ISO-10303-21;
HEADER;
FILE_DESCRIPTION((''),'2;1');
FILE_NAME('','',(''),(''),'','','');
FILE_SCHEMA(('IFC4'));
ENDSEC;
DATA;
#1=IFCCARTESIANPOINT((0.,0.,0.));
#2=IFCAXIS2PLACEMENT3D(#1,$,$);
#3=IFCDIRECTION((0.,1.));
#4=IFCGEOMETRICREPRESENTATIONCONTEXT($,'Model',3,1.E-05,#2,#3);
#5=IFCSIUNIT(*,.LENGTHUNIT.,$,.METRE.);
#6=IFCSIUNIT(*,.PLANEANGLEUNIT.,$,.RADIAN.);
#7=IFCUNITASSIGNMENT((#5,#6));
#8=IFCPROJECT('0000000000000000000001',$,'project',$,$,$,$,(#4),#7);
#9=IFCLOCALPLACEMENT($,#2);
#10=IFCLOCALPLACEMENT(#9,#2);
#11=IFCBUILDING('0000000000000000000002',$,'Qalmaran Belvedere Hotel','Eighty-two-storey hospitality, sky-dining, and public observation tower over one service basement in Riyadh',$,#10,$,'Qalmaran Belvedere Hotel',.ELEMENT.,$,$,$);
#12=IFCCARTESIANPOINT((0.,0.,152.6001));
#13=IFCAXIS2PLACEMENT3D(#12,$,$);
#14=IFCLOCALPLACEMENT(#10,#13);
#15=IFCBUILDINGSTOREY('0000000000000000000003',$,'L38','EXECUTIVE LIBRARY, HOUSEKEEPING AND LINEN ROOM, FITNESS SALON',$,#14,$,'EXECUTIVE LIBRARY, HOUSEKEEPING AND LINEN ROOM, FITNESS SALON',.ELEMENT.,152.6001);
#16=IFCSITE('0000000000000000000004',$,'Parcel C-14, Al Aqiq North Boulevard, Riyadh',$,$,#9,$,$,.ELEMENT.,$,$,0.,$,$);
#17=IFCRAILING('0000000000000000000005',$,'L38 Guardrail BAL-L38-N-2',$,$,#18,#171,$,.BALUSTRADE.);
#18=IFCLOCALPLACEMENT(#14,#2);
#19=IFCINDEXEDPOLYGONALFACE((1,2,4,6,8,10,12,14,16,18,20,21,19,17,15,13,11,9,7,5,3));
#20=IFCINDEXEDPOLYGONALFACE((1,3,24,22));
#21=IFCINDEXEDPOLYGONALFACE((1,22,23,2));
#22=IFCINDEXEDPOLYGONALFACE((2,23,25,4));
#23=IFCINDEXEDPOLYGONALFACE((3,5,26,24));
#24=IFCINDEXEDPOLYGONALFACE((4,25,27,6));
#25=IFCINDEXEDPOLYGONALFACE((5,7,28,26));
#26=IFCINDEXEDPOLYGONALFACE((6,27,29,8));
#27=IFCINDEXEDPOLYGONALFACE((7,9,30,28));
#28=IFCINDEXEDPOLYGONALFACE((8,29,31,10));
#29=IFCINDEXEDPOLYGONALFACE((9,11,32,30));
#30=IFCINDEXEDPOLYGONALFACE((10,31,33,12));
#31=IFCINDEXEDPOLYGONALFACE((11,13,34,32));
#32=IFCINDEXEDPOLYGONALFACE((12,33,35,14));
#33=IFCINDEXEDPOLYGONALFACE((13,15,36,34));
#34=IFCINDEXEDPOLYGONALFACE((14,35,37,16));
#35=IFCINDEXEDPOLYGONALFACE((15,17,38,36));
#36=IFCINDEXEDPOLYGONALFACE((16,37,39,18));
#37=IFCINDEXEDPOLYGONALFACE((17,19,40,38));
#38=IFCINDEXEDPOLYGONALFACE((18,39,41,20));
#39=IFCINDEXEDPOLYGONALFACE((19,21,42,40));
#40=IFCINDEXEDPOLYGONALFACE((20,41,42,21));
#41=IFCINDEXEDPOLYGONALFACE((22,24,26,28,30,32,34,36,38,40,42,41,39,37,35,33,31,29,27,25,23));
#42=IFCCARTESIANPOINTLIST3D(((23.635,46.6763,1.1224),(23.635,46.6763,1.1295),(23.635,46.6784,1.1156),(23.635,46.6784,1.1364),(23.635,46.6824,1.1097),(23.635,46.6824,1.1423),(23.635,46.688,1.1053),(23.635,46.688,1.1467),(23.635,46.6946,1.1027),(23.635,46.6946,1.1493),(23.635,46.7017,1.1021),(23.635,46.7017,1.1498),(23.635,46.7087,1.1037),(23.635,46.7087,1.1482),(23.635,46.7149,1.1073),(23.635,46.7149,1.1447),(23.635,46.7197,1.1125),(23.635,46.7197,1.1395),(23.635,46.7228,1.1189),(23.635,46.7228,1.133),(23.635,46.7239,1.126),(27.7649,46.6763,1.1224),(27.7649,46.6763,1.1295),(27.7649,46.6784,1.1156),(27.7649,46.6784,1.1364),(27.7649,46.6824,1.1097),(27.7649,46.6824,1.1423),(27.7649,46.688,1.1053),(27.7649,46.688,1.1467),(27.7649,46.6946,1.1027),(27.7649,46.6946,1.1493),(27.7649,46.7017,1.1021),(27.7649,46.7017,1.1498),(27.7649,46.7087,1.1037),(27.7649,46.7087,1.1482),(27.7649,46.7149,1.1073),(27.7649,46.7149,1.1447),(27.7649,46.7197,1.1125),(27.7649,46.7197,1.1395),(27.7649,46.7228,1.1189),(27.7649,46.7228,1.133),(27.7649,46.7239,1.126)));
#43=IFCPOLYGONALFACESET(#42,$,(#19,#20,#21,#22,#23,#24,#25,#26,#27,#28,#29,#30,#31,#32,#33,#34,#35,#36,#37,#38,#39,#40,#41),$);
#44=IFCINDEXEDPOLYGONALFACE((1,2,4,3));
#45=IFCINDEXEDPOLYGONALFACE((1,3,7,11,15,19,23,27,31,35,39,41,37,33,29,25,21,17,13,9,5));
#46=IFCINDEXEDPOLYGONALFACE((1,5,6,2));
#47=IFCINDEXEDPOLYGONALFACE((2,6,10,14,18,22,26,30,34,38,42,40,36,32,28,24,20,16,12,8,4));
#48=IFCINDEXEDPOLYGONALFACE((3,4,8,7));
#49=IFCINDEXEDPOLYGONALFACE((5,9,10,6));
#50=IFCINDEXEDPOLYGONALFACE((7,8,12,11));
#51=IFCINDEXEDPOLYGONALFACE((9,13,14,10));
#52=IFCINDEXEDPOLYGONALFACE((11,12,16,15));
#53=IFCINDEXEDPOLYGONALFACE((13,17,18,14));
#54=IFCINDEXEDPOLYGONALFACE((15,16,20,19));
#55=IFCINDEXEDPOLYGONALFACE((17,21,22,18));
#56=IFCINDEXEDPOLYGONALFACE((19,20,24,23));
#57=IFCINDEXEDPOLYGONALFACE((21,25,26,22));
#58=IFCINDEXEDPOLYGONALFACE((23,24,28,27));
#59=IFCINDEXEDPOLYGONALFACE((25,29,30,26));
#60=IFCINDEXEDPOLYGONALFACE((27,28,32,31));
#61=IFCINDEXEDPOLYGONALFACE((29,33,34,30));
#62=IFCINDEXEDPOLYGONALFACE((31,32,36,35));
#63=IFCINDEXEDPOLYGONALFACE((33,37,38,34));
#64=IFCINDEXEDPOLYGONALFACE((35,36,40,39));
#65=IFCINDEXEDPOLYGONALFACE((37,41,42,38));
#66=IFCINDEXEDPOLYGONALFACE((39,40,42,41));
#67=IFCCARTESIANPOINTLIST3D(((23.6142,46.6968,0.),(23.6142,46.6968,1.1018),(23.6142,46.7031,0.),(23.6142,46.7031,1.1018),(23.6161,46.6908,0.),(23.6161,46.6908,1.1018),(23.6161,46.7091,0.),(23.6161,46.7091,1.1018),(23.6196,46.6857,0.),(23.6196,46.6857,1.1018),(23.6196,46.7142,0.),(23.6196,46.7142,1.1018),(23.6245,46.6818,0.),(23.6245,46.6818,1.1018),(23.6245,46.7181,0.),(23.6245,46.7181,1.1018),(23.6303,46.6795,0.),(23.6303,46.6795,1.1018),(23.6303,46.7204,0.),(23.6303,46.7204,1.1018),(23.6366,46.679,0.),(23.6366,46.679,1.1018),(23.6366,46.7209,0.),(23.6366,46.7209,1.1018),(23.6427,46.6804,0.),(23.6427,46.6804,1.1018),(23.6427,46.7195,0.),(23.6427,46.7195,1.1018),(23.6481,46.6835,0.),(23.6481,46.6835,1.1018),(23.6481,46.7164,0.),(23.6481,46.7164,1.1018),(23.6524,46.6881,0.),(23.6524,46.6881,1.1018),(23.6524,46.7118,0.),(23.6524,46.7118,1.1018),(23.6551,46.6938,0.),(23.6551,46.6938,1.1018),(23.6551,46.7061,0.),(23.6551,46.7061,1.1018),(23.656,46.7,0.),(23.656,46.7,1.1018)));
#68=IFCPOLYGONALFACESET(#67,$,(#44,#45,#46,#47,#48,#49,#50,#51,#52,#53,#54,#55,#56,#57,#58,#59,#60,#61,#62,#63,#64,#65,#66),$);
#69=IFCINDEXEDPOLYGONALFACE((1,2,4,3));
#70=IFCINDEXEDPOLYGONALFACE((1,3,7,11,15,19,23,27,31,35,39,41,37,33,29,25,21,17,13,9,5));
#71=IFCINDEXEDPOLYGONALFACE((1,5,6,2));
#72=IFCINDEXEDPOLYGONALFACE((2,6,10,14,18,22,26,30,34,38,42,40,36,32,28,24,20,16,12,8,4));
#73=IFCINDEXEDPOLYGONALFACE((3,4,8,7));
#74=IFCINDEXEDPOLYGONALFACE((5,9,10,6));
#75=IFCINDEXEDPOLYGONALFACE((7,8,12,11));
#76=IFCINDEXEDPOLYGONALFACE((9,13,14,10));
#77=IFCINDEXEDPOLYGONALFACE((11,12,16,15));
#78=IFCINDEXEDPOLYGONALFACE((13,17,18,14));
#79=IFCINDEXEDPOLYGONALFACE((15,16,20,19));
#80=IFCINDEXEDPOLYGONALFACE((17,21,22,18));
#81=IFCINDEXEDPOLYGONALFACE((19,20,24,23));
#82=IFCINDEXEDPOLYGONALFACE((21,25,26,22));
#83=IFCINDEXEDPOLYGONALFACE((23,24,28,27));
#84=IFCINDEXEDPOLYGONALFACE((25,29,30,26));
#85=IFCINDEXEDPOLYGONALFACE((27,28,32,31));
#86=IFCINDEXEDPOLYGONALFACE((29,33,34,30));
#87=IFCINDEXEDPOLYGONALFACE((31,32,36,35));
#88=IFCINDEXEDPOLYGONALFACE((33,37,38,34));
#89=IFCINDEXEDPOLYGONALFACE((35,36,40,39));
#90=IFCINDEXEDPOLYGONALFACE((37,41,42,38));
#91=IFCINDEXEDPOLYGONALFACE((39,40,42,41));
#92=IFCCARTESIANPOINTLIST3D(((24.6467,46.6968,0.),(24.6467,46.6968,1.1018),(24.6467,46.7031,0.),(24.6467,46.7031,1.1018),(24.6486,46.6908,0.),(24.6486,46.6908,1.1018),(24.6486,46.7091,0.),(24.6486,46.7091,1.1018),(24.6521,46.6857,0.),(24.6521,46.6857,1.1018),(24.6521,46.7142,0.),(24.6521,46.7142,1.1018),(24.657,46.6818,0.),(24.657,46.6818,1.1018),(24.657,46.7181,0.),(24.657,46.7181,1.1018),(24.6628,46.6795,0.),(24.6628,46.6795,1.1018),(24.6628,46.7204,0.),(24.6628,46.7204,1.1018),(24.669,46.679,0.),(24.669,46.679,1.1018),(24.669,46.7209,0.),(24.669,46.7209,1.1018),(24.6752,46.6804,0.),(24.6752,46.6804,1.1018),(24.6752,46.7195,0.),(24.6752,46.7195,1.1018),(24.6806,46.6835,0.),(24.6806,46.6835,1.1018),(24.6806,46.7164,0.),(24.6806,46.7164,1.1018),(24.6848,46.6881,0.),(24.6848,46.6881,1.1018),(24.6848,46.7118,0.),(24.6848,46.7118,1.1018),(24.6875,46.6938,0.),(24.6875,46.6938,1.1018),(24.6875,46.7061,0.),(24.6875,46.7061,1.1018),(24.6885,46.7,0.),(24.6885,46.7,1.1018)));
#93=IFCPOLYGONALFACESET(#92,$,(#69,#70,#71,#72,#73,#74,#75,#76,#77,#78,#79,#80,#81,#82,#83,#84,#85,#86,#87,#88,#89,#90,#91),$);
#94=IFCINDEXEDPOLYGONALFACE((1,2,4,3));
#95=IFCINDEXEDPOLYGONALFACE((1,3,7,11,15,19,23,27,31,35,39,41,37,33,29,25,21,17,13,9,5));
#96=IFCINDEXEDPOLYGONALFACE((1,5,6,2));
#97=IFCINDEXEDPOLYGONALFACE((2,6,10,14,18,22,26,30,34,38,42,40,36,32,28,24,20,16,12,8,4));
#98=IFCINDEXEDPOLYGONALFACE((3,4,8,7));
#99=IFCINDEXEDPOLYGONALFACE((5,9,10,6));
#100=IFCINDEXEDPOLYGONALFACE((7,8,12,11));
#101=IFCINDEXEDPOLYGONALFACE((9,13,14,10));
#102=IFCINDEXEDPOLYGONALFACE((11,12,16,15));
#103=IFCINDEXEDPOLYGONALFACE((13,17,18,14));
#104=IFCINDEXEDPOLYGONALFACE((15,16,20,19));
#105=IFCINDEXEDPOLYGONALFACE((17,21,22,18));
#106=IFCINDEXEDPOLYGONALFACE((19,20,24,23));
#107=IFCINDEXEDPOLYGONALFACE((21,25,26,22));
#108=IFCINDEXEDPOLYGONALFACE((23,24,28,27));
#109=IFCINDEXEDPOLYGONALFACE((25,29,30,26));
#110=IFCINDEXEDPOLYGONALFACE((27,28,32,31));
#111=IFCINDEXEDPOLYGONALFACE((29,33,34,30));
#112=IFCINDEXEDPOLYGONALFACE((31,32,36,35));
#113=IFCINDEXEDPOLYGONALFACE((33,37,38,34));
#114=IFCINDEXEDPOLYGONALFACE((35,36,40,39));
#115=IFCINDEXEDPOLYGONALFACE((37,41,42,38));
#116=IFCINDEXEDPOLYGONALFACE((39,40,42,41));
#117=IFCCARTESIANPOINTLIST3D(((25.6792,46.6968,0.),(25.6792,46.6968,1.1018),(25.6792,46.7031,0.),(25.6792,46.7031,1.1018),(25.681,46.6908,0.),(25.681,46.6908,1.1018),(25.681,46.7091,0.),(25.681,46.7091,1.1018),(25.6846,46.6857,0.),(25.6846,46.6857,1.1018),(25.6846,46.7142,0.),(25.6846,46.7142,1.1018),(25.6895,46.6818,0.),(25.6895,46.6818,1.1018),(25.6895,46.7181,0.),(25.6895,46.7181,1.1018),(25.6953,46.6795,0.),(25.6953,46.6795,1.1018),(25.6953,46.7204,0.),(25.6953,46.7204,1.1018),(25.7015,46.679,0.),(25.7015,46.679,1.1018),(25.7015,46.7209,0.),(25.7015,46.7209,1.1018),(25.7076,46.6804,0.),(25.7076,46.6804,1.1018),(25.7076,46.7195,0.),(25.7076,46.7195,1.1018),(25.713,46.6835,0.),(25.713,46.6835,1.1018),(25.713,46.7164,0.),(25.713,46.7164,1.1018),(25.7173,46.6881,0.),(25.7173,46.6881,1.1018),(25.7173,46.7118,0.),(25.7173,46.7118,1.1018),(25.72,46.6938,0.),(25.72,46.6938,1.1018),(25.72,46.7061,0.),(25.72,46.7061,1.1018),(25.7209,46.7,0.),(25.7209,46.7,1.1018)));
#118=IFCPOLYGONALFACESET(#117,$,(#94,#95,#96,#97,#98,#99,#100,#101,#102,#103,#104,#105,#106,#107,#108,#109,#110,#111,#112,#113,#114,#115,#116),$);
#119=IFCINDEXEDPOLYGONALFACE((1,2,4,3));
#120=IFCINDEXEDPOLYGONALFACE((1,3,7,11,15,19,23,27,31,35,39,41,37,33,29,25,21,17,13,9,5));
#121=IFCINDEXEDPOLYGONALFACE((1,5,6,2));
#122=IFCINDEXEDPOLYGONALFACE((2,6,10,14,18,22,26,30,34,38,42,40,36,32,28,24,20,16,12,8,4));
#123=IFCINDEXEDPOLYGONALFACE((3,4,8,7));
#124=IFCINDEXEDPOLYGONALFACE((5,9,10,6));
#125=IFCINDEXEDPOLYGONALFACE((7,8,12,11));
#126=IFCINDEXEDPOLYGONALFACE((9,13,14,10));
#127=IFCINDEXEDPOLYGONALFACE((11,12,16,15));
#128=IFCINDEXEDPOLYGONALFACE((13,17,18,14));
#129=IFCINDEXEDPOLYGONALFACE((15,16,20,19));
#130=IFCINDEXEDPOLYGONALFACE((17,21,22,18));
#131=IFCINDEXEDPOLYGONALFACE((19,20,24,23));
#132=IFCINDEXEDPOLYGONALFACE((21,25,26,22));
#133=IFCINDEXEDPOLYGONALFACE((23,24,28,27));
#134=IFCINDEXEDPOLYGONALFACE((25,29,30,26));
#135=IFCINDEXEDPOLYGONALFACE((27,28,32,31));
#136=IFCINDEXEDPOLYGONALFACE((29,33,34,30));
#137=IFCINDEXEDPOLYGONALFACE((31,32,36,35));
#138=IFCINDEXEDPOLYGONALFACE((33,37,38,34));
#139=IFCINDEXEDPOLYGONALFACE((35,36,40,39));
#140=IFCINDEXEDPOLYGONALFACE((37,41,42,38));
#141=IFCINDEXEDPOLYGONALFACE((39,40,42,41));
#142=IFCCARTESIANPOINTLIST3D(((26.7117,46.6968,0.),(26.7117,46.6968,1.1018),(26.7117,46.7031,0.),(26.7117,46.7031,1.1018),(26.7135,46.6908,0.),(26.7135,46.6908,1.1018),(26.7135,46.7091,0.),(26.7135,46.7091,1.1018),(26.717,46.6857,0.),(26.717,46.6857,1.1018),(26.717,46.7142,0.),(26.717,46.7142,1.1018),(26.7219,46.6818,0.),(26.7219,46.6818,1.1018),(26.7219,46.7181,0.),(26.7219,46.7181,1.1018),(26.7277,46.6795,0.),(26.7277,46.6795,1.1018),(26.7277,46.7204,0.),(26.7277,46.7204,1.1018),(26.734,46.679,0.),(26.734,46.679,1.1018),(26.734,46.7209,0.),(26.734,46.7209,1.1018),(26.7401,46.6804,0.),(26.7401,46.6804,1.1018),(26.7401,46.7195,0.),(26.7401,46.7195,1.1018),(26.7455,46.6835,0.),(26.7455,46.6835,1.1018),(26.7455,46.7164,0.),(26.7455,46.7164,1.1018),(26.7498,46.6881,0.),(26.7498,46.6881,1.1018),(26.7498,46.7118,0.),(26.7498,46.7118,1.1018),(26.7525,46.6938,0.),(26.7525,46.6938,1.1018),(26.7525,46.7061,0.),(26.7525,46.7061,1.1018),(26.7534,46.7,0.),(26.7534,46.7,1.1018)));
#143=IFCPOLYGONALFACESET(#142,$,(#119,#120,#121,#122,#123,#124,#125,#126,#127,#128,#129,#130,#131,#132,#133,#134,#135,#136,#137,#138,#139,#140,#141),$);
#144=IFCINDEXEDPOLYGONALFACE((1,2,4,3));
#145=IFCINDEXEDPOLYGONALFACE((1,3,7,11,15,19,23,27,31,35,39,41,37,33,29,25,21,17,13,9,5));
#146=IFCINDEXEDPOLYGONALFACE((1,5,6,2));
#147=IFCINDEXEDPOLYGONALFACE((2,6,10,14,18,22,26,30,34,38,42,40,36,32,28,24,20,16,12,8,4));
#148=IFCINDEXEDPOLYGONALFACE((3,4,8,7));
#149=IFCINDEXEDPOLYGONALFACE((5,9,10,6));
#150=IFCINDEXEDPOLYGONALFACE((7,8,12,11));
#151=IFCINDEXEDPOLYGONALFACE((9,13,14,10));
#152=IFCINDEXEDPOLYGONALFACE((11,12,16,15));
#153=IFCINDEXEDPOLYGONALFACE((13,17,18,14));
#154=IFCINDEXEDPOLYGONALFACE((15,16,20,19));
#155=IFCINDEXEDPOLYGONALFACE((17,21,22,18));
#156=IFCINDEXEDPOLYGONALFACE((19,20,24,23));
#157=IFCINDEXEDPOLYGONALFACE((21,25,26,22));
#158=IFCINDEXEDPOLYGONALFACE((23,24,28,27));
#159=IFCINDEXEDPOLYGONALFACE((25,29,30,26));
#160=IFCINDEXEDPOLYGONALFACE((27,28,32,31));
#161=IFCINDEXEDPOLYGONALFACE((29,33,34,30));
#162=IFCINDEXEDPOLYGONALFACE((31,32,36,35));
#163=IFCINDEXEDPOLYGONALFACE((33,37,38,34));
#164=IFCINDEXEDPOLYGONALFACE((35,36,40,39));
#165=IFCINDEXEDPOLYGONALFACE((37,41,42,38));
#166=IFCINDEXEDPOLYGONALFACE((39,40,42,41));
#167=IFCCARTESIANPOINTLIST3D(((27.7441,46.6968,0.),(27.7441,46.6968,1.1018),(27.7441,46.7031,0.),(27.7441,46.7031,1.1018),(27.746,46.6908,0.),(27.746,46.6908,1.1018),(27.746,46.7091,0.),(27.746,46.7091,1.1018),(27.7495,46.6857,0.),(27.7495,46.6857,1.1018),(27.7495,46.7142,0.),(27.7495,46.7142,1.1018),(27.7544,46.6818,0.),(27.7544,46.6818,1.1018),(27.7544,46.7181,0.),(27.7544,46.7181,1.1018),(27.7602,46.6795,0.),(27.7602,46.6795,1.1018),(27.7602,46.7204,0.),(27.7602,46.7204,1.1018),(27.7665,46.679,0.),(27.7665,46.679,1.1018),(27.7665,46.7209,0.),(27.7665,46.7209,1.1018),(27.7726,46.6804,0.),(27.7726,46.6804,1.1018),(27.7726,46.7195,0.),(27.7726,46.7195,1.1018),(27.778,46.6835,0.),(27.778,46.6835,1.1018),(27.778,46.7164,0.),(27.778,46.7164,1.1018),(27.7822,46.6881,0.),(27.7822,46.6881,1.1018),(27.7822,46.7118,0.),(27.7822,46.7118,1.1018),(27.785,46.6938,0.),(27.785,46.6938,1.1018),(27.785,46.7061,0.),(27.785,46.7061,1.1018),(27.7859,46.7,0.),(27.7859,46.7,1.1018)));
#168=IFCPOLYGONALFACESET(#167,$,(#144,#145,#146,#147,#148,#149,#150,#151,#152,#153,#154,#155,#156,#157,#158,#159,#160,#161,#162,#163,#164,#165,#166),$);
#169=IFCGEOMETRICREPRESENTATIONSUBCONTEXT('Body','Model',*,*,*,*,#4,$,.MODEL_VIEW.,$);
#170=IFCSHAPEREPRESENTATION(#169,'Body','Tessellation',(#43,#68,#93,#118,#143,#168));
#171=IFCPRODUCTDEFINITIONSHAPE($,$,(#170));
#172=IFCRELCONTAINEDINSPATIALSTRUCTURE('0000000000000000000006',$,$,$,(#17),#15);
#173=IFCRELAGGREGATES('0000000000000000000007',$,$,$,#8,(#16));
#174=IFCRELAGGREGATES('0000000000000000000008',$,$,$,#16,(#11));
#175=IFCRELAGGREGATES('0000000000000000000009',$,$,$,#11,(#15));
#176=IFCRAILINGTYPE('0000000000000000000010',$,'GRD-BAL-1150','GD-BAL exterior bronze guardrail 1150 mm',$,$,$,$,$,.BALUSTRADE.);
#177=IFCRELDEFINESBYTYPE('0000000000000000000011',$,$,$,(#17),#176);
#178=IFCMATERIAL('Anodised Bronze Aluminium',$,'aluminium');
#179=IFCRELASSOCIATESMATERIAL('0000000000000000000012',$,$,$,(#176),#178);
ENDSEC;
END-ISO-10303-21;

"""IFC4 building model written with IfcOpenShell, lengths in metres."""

from ifc_helpers import new_model, si_unit, direction, frame, origin, origin_2d, place, context, subcontext, project, spatial, circle, extrude, material, type_object, element, save


model = new_model("IFC4")

# Units and contexts
model_context = context("Model", 3, precision=1e-05, world=origin(), true_north=direction((0.0, 1.0)))
body_context = subcontext(model_context, "Body", "Model", "MODEL_VIEW")
ifc_project = project(units=[si_unit("LENGTHUNIT", "METRE"), si_unit("PLANEANGLEUNIT", "RADIAN")], contexts=[model_context])

# Site, building, storey
site_placement = place(None, origin())
site = spatial("IfcSite", under=ifc_project, at=site_placement, Name="Parcel C-14, Al Aqiq North Boulevard, Riyadh", CompositionType="ELEMENT", RefElevation=0.0)
building_placement = place(site_placement, origin())
building = spatial("IfcBuilding", under=site, at=building_placement, Name="Qalmaran Belvedere Hotel", Description="Eighty-two-storey hospitality, sky-dining, and public observation tower over one service basement in Riyadh", LongName="Qalmaran Belvedere Hotel", CompositionType="ELEMENT")
storey_placement = place(building_placement, frame((0.0, 0.0, 152.6001)))
storey = spatial("IfcBuildingStorey", under=building, at=storey_placement, Name="L38", Description="EXECUTIVE LIBRARY, HOUSEKEEPING AND LINEN ROOM, FITNESS SALON", LongName="EXECUTIVE LIBRARY, HOUSEKEEPING AND LINEN ROOM, FITNESS SALON", CompositionType="ELEMENT", Elevation=152.6001)

# Shared definitions
ifc_material_1 = material(Name="Anodised Bronze Aluminium", Category="aluminium")

# Railing
railing_type = type_object("IfcRailingType", Name="GRD-BAL-1150", Description="GD-BAL exterior bronze guardrail 1150 mm", PredefinedType="BALUSTRADE", material=ifc_material_1)
railing_1_placement = place(storey_placement, frame((23.635, 46.7, 0.0)))
element("IfcRailing", 1, at=railing_1_placement, inside=storey, type_object=railing_type, Name="L38 Guardrail BAL-L38-N-2", PredefinedType="BALUSTRADE", context=body_context, shape_type="SweptSolid", body=[
    extrude(circle(Radius=0.0239, at=origin_2d()), frame((0.0, 0.0, 1.126), z_axis=(1.0, 0.0, 0.0), x_axis=(0.0, 1.0, 0.0)), (0.0, 0.0, 1.0), 4.1299),
    extrude(circle(Radius=0.021, at=origin_2d()), origin(), (0.0, 0.0, 1.0), 1.1018),
    extrude(circle(Radius=0.021, at=origin_2d()), frame((1.0325, 0.0, 0.0)), (0.0, 0.0, 1.0), 1.1018),
    extrude(circle(Radius=0.021, at=origin_2d()), frame((2.0649, 0.0, 0.0)), (0.0, 0.0, 1.0), 1.1018),
    extrude(circle(Radius=0.021, at=origin_2d()), frame((3.0974, 0.0, 0.0)), (0.0, 0.0, 1.0), 1.1018),
    extrude(circle(Radius=0.021, at=origin_2d()), frame((4.1299, 0.0, 0.0)), (0.0, 0.0, 1.0), 1.1018),
])

save(model, "model.ifc")
